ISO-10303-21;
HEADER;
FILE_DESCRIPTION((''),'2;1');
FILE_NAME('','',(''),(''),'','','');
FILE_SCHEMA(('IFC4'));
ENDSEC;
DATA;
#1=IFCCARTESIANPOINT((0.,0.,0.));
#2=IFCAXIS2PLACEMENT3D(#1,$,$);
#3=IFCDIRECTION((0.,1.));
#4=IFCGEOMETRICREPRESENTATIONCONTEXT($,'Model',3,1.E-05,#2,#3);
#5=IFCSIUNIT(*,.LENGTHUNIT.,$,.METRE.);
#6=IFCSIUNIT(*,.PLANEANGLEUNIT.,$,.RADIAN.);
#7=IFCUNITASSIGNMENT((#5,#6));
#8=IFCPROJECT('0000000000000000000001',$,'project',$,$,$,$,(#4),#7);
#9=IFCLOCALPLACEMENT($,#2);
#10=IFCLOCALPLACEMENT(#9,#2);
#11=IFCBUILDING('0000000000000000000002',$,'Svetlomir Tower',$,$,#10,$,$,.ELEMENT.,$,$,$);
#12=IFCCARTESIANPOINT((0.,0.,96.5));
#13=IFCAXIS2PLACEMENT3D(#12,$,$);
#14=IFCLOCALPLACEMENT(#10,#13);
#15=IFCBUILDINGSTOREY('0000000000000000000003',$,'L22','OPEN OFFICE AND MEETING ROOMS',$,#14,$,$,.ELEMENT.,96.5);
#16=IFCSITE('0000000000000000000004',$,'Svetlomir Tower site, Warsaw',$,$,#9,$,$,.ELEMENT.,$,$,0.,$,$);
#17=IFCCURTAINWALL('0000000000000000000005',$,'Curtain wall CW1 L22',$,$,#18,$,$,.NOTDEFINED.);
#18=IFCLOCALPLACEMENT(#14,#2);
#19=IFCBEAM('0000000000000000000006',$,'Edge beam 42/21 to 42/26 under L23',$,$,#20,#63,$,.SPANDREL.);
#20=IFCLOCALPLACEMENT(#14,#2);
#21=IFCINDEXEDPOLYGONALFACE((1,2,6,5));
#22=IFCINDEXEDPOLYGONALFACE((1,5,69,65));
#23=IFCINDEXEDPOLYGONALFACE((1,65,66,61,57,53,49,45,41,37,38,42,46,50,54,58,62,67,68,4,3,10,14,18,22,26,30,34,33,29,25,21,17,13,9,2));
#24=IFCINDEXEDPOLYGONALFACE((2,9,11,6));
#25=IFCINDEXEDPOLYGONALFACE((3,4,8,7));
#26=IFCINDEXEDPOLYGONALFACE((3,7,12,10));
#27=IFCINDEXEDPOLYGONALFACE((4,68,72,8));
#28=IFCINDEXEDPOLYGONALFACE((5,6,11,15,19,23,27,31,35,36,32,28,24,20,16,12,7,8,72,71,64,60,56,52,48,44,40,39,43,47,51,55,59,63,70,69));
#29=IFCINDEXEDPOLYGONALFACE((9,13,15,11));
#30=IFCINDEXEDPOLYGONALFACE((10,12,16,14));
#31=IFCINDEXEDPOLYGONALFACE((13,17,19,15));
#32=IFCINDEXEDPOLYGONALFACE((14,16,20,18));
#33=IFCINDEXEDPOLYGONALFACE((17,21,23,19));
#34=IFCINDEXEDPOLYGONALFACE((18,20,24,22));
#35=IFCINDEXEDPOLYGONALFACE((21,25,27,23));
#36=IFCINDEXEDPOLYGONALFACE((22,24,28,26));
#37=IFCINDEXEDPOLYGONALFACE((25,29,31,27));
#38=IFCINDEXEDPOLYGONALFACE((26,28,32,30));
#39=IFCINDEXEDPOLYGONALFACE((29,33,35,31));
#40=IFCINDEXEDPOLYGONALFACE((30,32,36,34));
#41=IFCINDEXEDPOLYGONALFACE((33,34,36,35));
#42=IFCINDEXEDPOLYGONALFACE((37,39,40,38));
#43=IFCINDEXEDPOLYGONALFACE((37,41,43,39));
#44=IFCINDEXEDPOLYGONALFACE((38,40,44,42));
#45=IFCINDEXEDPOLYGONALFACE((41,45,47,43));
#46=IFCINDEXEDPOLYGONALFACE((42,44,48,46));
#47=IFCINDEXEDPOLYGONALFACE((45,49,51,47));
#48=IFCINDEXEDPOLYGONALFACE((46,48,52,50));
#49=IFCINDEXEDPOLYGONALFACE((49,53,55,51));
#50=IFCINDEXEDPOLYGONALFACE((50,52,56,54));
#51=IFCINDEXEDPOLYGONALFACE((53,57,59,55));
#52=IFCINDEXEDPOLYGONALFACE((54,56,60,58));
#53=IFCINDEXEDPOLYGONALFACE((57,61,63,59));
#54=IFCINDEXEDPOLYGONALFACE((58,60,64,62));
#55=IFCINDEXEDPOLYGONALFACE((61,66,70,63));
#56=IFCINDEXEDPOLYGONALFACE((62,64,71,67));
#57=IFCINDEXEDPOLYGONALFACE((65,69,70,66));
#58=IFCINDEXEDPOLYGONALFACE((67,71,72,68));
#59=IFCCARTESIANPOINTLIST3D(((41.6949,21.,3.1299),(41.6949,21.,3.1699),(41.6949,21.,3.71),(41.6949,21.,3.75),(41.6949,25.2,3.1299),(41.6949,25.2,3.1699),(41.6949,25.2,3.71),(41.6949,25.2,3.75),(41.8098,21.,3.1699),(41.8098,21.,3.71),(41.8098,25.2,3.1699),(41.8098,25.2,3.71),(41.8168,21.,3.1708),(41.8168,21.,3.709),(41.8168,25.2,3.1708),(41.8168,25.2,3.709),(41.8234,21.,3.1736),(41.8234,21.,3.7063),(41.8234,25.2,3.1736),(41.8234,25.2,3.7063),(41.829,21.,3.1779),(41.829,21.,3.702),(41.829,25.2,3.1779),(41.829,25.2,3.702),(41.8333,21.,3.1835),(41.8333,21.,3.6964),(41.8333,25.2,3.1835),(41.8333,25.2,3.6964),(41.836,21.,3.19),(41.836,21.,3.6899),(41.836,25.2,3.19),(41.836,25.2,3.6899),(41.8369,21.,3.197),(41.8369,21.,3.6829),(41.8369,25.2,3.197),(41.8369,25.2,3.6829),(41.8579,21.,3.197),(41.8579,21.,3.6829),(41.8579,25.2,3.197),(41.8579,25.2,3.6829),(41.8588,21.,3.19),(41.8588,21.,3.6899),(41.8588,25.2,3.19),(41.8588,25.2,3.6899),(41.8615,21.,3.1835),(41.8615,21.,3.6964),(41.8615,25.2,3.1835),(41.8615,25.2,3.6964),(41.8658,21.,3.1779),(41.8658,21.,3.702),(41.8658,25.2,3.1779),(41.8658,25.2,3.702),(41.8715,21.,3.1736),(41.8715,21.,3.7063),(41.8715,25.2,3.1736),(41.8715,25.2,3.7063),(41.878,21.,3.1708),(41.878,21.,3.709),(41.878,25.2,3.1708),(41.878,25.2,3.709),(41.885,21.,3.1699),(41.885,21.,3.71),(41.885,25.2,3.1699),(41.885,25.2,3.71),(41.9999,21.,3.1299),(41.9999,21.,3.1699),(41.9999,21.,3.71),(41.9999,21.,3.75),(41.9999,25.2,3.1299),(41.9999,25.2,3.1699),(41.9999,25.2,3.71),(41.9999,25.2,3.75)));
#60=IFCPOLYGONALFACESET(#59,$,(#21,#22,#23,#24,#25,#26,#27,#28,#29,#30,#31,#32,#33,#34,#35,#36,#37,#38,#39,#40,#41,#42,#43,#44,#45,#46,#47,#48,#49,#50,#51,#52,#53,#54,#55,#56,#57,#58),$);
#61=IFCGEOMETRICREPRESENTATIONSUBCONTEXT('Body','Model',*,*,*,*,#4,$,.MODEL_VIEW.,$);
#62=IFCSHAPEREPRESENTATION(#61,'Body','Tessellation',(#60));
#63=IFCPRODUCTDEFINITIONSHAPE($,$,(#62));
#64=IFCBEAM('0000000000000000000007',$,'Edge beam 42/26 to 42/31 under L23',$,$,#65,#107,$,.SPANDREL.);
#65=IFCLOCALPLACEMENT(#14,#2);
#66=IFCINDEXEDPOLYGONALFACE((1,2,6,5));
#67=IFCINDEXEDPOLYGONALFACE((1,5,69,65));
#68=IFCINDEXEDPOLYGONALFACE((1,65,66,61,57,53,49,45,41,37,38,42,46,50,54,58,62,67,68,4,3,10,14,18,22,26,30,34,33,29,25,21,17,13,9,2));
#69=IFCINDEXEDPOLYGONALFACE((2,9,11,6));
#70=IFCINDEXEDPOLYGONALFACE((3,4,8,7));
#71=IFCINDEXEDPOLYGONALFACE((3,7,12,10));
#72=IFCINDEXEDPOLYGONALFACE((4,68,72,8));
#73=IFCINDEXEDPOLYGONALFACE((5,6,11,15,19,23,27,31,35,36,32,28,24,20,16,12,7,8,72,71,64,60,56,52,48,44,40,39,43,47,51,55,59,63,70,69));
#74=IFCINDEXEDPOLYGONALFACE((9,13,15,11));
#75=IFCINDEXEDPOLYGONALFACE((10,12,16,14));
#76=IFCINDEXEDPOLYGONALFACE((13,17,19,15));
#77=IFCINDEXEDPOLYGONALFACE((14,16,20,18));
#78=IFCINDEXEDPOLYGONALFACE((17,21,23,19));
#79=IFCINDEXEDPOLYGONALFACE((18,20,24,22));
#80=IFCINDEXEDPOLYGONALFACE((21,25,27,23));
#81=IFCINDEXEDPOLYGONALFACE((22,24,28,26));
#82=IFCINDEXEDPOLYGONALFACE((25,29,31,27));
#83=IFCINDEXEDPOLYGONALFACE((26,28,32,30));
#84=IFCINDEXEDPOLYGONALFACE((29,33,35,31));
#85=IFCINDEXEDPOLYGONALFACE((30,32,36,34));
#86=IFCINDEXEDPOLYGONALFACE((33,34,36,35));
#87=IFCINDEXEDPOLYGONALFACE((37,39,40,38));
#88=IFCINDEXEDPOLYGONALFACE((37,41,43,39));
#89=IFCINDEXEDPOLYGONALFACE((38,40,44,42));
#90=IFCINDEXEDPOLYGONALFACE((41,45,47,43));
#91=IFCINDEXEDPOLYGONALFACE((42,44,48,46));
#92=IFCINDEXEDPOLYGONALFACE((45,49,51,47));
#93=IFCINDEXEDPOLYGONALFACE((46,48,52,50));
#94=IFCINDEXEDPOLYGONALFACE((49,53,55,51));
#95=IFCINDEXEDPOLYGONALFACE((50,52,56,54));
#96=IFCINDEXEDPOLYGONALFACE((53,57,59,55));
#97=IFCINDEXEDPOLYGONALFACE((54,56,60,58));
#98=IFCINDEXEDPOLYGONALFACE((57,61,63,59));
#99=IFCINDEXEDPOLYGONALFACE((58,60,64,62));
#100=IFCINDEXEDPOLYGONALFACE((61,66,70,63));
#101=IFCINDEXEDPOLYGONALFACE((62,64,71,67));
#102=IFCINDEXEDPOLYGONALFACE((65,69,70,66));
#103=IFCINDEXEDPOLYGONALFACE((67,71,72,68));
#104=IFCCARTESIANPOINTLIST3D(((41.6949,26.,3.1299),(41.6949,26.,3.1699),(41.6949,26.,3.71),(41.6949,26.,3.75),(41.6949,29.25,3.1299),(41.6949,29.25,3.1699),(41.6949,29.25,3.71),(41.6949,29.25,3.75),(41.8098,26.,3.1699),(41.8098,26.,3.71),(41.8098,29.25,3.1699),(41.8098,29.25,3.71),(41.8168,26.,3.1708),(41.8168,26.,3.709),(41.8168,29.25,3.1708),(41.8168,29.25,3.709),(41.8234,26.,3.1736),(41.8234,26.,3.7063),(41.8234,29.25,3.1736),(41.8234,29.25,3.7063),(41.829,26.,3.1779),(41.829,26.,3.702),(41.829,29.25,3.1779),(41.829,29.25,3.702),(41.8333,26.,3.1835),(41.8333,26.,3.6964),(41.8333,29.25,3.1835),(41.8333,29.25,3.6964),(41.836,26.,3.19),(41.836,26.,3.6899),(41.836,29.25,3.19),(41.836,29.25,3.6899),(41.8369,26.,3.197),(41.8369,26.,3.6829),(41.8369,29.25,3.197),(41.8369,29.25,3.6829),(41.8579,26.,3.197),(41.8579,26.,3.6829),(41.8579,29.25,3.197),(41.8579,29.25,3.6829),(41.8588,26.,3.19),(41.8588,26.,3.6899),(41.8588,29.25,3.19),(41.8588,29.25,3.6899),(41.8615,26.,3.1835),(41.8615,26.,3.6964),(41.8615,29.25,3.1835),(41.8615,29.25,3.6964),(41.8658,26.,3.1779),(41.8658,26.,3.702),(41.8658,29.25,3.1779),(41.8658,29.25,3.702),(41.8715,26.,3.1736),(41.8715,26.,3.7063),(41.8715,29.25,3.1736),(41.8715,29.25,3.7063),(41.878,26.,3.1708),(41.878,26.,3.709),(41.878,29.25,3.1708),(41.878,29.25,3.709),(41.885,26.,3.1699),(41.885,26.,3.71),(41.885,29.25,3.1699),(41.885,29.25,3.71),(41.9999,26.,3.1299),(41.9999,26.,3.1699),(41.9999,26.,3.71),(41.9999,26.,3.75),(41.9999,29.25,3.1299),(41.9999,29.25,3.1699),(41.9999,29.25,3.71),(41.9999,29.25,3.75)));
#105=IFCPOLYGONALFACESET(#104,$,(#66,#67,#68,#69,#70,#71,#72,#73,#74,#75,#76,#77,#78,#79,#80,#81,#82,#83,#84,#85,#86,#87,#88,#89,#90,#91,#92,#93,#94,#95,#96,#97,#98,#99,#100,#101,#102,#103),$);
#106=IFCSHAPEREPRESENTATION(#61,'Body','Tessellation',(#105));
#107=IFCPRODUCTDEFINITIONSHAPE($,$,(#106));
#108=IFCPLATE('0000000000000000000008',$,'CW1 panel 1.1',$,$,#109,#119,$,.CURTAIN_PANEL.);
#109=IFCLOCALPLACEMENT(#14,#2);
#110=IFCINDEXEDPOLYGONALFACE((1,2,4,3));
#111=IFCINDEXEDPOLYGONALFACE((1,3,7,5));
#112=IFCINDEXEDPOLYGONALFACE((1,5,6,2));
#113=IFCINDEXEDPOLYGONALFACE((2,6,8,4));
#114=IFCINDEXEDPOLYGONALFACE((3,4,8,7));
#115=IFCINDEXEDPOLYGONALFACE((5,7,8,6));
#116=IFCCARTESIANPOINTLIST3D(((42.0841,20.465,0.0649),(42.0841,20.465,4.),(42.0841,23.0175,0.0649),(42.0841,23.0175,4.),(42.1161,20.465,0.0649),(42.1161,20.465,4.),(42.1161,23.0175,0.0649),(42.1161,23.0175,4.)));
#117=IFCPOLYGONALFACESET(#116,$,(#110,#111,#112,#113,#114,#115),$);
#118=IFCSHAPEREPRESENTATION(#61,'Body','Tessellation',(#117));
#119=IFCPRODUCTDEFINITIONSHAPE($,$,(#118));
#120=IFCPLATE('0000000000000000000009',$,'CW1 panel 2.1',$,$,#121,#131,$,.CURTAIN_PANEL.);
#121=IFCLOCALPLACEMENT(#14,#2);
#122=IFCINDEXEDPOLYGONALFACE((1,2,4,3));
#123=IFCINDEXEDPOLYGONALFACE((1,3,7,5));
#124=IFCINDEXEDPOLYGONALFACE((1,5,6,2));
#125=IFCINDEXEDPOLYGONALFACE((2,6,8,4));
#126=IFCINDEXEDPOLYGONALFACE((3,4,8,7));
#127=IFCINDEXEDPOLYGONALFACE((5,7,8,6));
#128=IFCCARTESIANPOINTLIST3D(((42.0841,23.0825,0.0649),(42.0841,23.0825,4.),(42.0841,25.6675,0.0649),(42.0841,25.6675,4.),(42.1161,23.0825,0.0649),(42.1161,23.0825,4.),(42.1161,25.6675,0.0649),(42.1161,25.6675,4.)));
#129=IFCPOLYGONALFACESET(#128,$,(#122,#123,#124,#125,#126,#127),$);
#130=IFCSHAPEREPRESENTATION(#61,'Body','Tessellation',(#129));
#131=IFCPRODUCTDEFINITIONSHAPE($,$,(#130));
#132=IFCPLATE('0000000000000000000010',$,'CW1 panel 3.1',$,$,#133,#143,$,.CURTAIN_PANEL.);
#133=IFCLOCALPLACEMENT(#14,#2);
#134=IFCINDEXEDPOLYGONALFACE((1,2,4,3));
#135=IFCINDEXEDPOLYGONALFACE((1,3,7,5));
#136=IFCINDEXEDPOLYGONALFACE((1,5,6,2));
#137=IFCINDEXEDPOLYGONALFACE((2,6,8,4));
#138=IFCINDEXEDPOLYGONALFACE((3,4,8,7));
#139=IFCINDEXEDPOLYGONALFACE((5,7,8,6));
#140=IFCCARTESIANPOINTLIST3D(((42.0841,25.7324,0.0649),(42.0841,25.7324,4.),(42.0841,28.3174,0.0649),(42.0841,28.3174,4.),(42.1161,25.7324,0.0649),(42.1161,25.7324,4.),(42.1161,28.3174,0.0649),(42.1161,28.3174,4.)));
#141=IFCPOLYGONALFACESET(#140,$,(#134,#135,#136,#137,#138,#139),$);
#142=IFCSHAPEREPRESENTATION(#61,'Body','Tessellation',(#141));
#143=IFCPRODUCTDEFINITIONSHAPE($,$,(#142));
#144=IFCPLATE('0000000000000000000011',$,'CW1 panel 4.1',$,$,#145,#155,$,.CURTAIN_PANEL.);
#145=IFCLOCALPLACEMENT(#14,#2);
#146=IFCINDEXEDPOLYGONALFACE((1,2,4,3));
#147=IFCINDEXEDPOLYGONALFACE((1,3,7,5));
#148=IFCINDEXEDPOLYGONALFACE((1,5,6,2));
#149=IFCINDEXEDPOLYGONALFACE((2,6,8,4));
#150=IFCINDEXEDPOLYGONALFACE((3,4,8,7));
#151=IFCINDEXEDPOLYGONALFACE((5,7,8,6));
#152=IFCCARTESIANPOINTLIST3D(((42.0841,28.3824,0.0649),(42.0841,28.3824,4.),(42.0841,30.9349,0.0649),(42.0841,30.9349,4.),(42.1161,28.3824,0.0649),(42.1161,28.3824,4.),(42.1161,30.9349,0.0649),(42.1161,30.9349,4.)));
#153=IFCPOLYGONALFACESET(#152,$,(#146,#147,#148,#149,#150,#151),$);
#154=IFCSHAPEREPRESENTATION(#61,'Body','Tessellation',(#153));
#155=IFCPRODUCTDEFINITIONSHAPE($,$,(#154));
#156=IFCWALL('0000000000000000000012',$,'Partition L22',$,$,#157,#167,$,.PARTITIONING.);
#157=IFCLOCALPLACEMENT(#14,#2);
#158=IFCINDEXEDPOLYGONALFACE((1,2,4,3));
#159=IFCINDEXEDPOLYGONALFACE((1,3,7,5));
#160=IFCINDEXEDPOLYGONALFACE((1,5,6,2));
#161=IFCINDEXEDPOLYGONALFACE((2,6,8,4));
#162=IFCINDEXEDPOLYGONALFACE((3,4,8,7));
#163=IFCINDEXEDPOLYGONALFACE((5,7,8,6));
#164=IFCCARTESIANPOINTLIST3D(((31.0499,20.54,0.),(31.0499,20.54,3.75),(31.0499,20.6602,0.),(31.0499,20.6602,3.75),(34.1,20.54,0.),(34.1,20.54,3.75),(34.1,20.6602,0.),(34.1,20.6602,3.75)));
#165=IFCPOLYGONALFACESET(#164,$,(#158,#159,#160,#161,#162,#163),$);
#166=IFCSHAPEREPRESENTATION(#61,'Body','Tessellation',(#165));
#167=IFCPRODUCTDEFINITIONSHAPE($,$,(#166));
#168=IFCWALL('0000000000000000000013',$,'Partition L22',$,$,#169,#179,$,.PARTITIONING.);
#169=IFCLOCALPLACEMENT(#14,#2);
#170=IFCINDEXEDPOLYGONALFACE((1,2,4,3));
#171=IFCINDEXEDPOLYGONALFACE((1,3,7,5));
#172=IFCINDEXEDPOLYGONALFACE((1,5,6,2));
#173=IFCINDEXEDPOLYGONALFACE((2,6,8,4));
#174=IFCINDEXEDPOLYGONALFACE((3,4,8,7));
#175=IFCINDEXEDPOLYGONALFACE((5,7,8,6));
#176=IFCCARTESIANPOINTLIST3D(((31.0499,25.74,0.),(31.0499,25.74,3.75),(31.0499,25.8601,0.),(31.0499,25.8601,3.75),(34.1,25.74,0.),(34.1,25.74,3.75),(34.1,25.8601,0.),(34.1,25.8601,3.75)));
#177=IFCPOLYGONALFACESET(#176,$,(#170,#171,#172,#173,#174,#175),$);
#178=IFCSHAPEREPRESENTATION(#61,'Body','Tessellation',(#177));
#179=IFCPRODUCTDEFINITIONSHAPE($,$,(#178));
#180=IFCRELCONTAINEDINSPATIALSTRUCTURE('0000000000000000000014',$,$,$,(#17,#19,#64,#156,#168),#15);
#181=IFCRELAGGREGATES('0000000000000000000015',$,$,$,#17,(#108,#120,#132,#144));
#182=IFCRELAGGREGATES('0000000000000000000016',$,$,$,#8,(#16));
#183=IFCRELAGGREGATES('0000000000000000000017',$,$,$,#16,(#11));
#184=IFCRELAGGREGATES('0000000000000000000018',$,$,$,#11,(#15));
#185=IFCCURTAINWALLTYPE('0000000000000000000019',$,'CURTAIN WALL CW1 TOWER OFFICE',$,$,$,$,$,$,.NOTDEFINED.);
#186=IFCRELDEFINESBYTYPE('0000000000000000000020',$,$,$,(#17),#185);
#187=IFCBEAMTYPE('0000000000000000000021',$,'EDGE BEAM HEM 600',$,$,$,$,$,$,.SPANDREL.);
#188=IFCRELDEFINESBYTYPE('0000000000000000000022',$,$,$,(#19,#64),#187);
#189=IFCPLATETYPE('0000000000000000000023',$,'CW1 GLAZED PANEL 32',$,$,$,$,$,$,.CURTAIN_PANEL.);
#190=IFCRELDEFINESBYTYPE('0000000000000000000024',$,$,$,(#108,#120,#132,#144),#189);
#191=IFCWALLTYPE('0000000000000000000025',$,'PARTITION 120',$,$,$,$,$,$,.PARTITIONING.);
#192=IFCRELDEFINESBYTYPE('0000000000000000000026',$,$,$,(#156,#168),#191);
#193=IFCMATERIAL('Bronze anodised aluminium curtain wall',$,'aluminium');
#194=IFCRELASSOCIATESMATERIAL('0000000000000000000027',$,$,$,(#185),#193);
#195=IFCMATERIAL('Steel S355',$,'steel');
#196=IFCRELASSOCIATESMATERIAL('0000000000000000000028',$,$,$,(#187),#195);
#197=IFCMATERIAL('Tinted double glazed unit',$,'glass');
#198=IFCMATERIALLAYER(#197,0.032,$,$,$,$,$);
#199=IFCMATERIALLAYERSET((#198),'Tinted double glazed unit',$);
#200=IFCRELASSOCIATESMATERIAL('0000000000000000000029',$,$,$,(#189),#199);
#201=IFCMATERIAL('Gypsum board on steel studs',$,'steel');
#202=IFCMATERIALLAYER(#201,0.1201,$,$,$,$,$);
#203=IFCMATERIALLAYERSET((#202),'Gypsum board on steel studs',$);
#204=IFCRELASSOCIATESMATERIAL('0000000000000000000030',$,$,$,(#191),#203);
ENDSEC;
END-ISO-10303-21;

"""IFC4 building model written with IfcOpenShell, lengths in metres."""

from ifc_helpers import new_model, si_unit, direction, frame, frame_2d, origin, origin_2d, place, context, subcontext, project, spatial, rectangle, i_section, extrude, material, layer, layer_set, material_profile, profile_set, type_object, element, aggregate, save


model = new_model("IFC4")

# Units and contexts
model_context = context("Model", 3, precision=1e-05, world=origin(), true_north=direction((0.0, 1.0)))
body_context = subcontext(model_context, "Body", "Model", "MODEL_VIEW")
ifc_project = project(units=[si_unit("LENGTHUNIT", "METRE"), si_unit("PLANEANGLEUNIT", "RADIAN")], contexts=[model_context])

# Site, building, storey
site_placement = place(None, origin())
site = spatial("IfcSite", under=ifc_project, at=site_placement, Name="Svetlomir Tower site, Warsaw", CompositionType="ELEMENT", RefElevation=0.0)
building_placement = place(site_placement, origin())
building = spatial("IfcBuilding", under=site, at=building_placement, Name="Svetlomir Tower", CompositionType="ELEMENT")
storey_placement = place(building_placement, frame((0.0, 0.0, 96.5)))
storey = spatial("IfcBuildingStorey", under=building, at=storey_placement, Name="L22", Description="OPEN OFFICE AND MEETING ROOMS", CompositionType="ELEMENT", Elevation=96.5)

# Curtain wall
ifc_material_1 = material(Name="Bronze anodised aluminium curtain wall", Category="aluminium")
curtain_wall_type = type_object("IfcCurtainWallType", Name="CURTAIN WALL CW1 TOWER OFFICE", PredefinedType="NOTDEFINED", material=ifc_material_1)
curtain_wall_1_placement = place(storey_placement, origin())
curtain_wall_1 = element("IfcCurtainWall", 1, at=curtain_wall_1_placement, inside=storey, type_object=curtain_wall_type, Name="Curtain wall CW1 L22", PredefinedType="NOTDEFINED")

# Beams
ifc_material_2 = material(Name="Steel S355", Category="steel")
ifc_material_profile_1 = material_profile(ifc_material_2, i_section(OverallWidth=0.3049, OverallDepth=0.6201, WebThickness=0.021, FlangeThickness=0.04, FilletRadius=0.0271, at=origin_2d()), Name="HEM 600")
ifc_profile_set_1 = profile_set([ifc_material_profile_1], Name="Steel S355")
beam_type = type_object("IfcBeamType", Name="EDGE BEAM HEM 600", PredefinedType="SPANDREL", material=ifc_profile_set_1)
beam_1_placement = place(storey_placement, frame((41.8474, 21.0, 3.4399), z_axis=(0.0, 1.0, 0.0), x_axis=(-1.0, 0.0, 0.0)))
element("IfcBeam", 2, at=beam_1_placement, inside=storey, type_object=beam_type, Name="Edge beam 42/21 to 42/26 under L23", PredefinedType="SPANDREL", context=body_context, shape_type="SweptSolid", body=[
    extrude(i_section(OverallWidth=0.3049, OverallDepth=0.6201, WebThickness=0.021, FlangeThickness=0.04, FilletRadius=0.0271, at=origin_2d()), origin(), (0.0, 0.0, 1.0), 4.2),
])
beam_2_placement = place(storey_placement, frame((41.8474, 26.0, 3.4399), z_axis=(0.0, 1.0, 0.0), x_axis=(-1.0, 0.0, 0.0)))
element("IfcBeam", 3, at=beam_2_placement, inside=storey, type_object=beam_type, Name="Edge beam 42/26 to 42/31 under L23", PredefinedType="SPANDREL", context=body_context, shape_type="SweptSolid", body=[
    extrude(i_section(OverallWidth=0.3049, OverallDepth=0.6201, WebThickness=0.021, FlangeThickness=0.04, FilletRadius=0.0271, at=origin_2d()), origin(), (0.0, 0.0, 1.0), 3.25),
])

# Plates
ifc_material_3 = material(Name="Tinted double glazed unit", Category="glass")
ifc_layer_1 = layer(ifc_material_3, 0.032)
ifc_layer_set_1 = layer_set([ifc_layer_1], Name="Tinted double glazed unit")
plate_type = type_object("IfcPlateType", Name="CW1 GLAZED PANEL 32", PredefinedType="CURTAIN_PANEL", material=ifc_layer_set_1)
plate_1_placement = place(storey_placement, frame((42.1001, 21.7412, 0.0649), z_axis=(0.0, 0.0, 1.0), x_axis=(0.0, 1.0, 0.0)))
plate_1 = element("IfcPlate", 4, at=plate_1_placement, type_object=plate_type, Name="CW1 panel 1.1", PredefinedType="CURTAIN_PANEL", context=body_context, shape_type="SweptSolid", body=[
    extrude(rectangle(XDim=2.5525, YDim=0.032, at=origin_2d()), origin(), (0.0, 0.0, 1.0), 3.9351),
])
plate_2_placement = place(storey_placement, frame((42.1001, 24.375, 0.0649), z_axis=(0.0, 0.0, 1.0), x_axis=(0.0, 1.0, 0.0)))
plate_2 = element("IfcPlate", 5, at=plate_2_placement, type_object=plate_type, Name="CW1 panel 2.1", PredefinedType="CURTAIN_PANEL", context=body_context, shape_type="SweptSolid", body=[
    extrude(rectangle(XDim=2.585, YDim=0.032, at=origin_2d()), origin(), (0.0, 0.0, 1.0), 3.9351),
])
plate_3_placement = place(storey_placement, frame((42.1001, 27.0249, 0.0649), z_axis=(0.0, 0.0, 1.0), x_axis=(0.0, 1.0, 0.0)))
plate_3 = element("IfcPlate", 6, at=plate_3_placement, type_object=plate_type, Name="CW1 panel 3.1", PredefinedType="CURTAIN_PANEL", context=body_context, shape_type="SweptSolid", body=[
    extrude(rectangle(XDim=2.585, YDim=0.032, at=origin_2d()), origin(), (0.0, 0.0, 1.0), 3.9351),
])
plate_4_placement = place(storey_placement, frame((42.1001, 29.6587, 0.0649), z_axis=(0.0, 0.0, 1.0), x_axis=(0.0, 1.0, 0.0)))
plate_4 = element("IfcPlate", 7, at=plate_4_placement, type_object=plate_type, Name="CW1 panel 4.1", PredefinedType="CURTAIN_PANEL", context=body_context, shape_type="SweptSolid", body=[
    extrude(rectangle(XDim=2.5525, YDim=0.032, at=origin_2d()), origin(), (0.0, 0.0, 1.0), 3.9351),
])
aggregate(curtain_wall_1, [plate_1, plate_2, plate_3, plate_4])

# Walls
ifc_material_4 = material(Name="Gypsum board on steel studs", Category="steel")
ifc_layer_2 = layer(ifc_material_4, 0.1201)
ifc_layer_set_2 = layer_set([ifc_layer_2], Name="Gypsum board on steel studs")
wall_type = type_object("IfcWallType", Name="PARTITION 120", PredefinedType="PARTITIONING", material=ifc_layer_set_2)
for number, where, z_axis, x_axis, name in (
    (8, (31.05, 20.6001, 0.0), (0.0, 0.0, 1.0), (1.0, 0.0, 0.0), "Partition L22"),
    (9, (31.05, 25.8, 0.0), (0.0, 0.0, 1.0), (1.0, 0.0, 0.0), "Partition L22"),
):
    element("IfcWall", number, at=place(storey_placement, frame(where, z_axis=z_axis, x_axis=x_axis)), inside=storey, type_object=wall_type, Name=name, PredefinedType="PARTITIONING", context=body_context, shape_type="SweptSolid", body=[
        extrude(rectangle(XDim=3.05, YDim=0.1201, at=frame_2d((1.5249, 0.0))), origin(), (0.0, 0.0, 1.0), 3.75),
    ])

save(model, "model.ifc")
